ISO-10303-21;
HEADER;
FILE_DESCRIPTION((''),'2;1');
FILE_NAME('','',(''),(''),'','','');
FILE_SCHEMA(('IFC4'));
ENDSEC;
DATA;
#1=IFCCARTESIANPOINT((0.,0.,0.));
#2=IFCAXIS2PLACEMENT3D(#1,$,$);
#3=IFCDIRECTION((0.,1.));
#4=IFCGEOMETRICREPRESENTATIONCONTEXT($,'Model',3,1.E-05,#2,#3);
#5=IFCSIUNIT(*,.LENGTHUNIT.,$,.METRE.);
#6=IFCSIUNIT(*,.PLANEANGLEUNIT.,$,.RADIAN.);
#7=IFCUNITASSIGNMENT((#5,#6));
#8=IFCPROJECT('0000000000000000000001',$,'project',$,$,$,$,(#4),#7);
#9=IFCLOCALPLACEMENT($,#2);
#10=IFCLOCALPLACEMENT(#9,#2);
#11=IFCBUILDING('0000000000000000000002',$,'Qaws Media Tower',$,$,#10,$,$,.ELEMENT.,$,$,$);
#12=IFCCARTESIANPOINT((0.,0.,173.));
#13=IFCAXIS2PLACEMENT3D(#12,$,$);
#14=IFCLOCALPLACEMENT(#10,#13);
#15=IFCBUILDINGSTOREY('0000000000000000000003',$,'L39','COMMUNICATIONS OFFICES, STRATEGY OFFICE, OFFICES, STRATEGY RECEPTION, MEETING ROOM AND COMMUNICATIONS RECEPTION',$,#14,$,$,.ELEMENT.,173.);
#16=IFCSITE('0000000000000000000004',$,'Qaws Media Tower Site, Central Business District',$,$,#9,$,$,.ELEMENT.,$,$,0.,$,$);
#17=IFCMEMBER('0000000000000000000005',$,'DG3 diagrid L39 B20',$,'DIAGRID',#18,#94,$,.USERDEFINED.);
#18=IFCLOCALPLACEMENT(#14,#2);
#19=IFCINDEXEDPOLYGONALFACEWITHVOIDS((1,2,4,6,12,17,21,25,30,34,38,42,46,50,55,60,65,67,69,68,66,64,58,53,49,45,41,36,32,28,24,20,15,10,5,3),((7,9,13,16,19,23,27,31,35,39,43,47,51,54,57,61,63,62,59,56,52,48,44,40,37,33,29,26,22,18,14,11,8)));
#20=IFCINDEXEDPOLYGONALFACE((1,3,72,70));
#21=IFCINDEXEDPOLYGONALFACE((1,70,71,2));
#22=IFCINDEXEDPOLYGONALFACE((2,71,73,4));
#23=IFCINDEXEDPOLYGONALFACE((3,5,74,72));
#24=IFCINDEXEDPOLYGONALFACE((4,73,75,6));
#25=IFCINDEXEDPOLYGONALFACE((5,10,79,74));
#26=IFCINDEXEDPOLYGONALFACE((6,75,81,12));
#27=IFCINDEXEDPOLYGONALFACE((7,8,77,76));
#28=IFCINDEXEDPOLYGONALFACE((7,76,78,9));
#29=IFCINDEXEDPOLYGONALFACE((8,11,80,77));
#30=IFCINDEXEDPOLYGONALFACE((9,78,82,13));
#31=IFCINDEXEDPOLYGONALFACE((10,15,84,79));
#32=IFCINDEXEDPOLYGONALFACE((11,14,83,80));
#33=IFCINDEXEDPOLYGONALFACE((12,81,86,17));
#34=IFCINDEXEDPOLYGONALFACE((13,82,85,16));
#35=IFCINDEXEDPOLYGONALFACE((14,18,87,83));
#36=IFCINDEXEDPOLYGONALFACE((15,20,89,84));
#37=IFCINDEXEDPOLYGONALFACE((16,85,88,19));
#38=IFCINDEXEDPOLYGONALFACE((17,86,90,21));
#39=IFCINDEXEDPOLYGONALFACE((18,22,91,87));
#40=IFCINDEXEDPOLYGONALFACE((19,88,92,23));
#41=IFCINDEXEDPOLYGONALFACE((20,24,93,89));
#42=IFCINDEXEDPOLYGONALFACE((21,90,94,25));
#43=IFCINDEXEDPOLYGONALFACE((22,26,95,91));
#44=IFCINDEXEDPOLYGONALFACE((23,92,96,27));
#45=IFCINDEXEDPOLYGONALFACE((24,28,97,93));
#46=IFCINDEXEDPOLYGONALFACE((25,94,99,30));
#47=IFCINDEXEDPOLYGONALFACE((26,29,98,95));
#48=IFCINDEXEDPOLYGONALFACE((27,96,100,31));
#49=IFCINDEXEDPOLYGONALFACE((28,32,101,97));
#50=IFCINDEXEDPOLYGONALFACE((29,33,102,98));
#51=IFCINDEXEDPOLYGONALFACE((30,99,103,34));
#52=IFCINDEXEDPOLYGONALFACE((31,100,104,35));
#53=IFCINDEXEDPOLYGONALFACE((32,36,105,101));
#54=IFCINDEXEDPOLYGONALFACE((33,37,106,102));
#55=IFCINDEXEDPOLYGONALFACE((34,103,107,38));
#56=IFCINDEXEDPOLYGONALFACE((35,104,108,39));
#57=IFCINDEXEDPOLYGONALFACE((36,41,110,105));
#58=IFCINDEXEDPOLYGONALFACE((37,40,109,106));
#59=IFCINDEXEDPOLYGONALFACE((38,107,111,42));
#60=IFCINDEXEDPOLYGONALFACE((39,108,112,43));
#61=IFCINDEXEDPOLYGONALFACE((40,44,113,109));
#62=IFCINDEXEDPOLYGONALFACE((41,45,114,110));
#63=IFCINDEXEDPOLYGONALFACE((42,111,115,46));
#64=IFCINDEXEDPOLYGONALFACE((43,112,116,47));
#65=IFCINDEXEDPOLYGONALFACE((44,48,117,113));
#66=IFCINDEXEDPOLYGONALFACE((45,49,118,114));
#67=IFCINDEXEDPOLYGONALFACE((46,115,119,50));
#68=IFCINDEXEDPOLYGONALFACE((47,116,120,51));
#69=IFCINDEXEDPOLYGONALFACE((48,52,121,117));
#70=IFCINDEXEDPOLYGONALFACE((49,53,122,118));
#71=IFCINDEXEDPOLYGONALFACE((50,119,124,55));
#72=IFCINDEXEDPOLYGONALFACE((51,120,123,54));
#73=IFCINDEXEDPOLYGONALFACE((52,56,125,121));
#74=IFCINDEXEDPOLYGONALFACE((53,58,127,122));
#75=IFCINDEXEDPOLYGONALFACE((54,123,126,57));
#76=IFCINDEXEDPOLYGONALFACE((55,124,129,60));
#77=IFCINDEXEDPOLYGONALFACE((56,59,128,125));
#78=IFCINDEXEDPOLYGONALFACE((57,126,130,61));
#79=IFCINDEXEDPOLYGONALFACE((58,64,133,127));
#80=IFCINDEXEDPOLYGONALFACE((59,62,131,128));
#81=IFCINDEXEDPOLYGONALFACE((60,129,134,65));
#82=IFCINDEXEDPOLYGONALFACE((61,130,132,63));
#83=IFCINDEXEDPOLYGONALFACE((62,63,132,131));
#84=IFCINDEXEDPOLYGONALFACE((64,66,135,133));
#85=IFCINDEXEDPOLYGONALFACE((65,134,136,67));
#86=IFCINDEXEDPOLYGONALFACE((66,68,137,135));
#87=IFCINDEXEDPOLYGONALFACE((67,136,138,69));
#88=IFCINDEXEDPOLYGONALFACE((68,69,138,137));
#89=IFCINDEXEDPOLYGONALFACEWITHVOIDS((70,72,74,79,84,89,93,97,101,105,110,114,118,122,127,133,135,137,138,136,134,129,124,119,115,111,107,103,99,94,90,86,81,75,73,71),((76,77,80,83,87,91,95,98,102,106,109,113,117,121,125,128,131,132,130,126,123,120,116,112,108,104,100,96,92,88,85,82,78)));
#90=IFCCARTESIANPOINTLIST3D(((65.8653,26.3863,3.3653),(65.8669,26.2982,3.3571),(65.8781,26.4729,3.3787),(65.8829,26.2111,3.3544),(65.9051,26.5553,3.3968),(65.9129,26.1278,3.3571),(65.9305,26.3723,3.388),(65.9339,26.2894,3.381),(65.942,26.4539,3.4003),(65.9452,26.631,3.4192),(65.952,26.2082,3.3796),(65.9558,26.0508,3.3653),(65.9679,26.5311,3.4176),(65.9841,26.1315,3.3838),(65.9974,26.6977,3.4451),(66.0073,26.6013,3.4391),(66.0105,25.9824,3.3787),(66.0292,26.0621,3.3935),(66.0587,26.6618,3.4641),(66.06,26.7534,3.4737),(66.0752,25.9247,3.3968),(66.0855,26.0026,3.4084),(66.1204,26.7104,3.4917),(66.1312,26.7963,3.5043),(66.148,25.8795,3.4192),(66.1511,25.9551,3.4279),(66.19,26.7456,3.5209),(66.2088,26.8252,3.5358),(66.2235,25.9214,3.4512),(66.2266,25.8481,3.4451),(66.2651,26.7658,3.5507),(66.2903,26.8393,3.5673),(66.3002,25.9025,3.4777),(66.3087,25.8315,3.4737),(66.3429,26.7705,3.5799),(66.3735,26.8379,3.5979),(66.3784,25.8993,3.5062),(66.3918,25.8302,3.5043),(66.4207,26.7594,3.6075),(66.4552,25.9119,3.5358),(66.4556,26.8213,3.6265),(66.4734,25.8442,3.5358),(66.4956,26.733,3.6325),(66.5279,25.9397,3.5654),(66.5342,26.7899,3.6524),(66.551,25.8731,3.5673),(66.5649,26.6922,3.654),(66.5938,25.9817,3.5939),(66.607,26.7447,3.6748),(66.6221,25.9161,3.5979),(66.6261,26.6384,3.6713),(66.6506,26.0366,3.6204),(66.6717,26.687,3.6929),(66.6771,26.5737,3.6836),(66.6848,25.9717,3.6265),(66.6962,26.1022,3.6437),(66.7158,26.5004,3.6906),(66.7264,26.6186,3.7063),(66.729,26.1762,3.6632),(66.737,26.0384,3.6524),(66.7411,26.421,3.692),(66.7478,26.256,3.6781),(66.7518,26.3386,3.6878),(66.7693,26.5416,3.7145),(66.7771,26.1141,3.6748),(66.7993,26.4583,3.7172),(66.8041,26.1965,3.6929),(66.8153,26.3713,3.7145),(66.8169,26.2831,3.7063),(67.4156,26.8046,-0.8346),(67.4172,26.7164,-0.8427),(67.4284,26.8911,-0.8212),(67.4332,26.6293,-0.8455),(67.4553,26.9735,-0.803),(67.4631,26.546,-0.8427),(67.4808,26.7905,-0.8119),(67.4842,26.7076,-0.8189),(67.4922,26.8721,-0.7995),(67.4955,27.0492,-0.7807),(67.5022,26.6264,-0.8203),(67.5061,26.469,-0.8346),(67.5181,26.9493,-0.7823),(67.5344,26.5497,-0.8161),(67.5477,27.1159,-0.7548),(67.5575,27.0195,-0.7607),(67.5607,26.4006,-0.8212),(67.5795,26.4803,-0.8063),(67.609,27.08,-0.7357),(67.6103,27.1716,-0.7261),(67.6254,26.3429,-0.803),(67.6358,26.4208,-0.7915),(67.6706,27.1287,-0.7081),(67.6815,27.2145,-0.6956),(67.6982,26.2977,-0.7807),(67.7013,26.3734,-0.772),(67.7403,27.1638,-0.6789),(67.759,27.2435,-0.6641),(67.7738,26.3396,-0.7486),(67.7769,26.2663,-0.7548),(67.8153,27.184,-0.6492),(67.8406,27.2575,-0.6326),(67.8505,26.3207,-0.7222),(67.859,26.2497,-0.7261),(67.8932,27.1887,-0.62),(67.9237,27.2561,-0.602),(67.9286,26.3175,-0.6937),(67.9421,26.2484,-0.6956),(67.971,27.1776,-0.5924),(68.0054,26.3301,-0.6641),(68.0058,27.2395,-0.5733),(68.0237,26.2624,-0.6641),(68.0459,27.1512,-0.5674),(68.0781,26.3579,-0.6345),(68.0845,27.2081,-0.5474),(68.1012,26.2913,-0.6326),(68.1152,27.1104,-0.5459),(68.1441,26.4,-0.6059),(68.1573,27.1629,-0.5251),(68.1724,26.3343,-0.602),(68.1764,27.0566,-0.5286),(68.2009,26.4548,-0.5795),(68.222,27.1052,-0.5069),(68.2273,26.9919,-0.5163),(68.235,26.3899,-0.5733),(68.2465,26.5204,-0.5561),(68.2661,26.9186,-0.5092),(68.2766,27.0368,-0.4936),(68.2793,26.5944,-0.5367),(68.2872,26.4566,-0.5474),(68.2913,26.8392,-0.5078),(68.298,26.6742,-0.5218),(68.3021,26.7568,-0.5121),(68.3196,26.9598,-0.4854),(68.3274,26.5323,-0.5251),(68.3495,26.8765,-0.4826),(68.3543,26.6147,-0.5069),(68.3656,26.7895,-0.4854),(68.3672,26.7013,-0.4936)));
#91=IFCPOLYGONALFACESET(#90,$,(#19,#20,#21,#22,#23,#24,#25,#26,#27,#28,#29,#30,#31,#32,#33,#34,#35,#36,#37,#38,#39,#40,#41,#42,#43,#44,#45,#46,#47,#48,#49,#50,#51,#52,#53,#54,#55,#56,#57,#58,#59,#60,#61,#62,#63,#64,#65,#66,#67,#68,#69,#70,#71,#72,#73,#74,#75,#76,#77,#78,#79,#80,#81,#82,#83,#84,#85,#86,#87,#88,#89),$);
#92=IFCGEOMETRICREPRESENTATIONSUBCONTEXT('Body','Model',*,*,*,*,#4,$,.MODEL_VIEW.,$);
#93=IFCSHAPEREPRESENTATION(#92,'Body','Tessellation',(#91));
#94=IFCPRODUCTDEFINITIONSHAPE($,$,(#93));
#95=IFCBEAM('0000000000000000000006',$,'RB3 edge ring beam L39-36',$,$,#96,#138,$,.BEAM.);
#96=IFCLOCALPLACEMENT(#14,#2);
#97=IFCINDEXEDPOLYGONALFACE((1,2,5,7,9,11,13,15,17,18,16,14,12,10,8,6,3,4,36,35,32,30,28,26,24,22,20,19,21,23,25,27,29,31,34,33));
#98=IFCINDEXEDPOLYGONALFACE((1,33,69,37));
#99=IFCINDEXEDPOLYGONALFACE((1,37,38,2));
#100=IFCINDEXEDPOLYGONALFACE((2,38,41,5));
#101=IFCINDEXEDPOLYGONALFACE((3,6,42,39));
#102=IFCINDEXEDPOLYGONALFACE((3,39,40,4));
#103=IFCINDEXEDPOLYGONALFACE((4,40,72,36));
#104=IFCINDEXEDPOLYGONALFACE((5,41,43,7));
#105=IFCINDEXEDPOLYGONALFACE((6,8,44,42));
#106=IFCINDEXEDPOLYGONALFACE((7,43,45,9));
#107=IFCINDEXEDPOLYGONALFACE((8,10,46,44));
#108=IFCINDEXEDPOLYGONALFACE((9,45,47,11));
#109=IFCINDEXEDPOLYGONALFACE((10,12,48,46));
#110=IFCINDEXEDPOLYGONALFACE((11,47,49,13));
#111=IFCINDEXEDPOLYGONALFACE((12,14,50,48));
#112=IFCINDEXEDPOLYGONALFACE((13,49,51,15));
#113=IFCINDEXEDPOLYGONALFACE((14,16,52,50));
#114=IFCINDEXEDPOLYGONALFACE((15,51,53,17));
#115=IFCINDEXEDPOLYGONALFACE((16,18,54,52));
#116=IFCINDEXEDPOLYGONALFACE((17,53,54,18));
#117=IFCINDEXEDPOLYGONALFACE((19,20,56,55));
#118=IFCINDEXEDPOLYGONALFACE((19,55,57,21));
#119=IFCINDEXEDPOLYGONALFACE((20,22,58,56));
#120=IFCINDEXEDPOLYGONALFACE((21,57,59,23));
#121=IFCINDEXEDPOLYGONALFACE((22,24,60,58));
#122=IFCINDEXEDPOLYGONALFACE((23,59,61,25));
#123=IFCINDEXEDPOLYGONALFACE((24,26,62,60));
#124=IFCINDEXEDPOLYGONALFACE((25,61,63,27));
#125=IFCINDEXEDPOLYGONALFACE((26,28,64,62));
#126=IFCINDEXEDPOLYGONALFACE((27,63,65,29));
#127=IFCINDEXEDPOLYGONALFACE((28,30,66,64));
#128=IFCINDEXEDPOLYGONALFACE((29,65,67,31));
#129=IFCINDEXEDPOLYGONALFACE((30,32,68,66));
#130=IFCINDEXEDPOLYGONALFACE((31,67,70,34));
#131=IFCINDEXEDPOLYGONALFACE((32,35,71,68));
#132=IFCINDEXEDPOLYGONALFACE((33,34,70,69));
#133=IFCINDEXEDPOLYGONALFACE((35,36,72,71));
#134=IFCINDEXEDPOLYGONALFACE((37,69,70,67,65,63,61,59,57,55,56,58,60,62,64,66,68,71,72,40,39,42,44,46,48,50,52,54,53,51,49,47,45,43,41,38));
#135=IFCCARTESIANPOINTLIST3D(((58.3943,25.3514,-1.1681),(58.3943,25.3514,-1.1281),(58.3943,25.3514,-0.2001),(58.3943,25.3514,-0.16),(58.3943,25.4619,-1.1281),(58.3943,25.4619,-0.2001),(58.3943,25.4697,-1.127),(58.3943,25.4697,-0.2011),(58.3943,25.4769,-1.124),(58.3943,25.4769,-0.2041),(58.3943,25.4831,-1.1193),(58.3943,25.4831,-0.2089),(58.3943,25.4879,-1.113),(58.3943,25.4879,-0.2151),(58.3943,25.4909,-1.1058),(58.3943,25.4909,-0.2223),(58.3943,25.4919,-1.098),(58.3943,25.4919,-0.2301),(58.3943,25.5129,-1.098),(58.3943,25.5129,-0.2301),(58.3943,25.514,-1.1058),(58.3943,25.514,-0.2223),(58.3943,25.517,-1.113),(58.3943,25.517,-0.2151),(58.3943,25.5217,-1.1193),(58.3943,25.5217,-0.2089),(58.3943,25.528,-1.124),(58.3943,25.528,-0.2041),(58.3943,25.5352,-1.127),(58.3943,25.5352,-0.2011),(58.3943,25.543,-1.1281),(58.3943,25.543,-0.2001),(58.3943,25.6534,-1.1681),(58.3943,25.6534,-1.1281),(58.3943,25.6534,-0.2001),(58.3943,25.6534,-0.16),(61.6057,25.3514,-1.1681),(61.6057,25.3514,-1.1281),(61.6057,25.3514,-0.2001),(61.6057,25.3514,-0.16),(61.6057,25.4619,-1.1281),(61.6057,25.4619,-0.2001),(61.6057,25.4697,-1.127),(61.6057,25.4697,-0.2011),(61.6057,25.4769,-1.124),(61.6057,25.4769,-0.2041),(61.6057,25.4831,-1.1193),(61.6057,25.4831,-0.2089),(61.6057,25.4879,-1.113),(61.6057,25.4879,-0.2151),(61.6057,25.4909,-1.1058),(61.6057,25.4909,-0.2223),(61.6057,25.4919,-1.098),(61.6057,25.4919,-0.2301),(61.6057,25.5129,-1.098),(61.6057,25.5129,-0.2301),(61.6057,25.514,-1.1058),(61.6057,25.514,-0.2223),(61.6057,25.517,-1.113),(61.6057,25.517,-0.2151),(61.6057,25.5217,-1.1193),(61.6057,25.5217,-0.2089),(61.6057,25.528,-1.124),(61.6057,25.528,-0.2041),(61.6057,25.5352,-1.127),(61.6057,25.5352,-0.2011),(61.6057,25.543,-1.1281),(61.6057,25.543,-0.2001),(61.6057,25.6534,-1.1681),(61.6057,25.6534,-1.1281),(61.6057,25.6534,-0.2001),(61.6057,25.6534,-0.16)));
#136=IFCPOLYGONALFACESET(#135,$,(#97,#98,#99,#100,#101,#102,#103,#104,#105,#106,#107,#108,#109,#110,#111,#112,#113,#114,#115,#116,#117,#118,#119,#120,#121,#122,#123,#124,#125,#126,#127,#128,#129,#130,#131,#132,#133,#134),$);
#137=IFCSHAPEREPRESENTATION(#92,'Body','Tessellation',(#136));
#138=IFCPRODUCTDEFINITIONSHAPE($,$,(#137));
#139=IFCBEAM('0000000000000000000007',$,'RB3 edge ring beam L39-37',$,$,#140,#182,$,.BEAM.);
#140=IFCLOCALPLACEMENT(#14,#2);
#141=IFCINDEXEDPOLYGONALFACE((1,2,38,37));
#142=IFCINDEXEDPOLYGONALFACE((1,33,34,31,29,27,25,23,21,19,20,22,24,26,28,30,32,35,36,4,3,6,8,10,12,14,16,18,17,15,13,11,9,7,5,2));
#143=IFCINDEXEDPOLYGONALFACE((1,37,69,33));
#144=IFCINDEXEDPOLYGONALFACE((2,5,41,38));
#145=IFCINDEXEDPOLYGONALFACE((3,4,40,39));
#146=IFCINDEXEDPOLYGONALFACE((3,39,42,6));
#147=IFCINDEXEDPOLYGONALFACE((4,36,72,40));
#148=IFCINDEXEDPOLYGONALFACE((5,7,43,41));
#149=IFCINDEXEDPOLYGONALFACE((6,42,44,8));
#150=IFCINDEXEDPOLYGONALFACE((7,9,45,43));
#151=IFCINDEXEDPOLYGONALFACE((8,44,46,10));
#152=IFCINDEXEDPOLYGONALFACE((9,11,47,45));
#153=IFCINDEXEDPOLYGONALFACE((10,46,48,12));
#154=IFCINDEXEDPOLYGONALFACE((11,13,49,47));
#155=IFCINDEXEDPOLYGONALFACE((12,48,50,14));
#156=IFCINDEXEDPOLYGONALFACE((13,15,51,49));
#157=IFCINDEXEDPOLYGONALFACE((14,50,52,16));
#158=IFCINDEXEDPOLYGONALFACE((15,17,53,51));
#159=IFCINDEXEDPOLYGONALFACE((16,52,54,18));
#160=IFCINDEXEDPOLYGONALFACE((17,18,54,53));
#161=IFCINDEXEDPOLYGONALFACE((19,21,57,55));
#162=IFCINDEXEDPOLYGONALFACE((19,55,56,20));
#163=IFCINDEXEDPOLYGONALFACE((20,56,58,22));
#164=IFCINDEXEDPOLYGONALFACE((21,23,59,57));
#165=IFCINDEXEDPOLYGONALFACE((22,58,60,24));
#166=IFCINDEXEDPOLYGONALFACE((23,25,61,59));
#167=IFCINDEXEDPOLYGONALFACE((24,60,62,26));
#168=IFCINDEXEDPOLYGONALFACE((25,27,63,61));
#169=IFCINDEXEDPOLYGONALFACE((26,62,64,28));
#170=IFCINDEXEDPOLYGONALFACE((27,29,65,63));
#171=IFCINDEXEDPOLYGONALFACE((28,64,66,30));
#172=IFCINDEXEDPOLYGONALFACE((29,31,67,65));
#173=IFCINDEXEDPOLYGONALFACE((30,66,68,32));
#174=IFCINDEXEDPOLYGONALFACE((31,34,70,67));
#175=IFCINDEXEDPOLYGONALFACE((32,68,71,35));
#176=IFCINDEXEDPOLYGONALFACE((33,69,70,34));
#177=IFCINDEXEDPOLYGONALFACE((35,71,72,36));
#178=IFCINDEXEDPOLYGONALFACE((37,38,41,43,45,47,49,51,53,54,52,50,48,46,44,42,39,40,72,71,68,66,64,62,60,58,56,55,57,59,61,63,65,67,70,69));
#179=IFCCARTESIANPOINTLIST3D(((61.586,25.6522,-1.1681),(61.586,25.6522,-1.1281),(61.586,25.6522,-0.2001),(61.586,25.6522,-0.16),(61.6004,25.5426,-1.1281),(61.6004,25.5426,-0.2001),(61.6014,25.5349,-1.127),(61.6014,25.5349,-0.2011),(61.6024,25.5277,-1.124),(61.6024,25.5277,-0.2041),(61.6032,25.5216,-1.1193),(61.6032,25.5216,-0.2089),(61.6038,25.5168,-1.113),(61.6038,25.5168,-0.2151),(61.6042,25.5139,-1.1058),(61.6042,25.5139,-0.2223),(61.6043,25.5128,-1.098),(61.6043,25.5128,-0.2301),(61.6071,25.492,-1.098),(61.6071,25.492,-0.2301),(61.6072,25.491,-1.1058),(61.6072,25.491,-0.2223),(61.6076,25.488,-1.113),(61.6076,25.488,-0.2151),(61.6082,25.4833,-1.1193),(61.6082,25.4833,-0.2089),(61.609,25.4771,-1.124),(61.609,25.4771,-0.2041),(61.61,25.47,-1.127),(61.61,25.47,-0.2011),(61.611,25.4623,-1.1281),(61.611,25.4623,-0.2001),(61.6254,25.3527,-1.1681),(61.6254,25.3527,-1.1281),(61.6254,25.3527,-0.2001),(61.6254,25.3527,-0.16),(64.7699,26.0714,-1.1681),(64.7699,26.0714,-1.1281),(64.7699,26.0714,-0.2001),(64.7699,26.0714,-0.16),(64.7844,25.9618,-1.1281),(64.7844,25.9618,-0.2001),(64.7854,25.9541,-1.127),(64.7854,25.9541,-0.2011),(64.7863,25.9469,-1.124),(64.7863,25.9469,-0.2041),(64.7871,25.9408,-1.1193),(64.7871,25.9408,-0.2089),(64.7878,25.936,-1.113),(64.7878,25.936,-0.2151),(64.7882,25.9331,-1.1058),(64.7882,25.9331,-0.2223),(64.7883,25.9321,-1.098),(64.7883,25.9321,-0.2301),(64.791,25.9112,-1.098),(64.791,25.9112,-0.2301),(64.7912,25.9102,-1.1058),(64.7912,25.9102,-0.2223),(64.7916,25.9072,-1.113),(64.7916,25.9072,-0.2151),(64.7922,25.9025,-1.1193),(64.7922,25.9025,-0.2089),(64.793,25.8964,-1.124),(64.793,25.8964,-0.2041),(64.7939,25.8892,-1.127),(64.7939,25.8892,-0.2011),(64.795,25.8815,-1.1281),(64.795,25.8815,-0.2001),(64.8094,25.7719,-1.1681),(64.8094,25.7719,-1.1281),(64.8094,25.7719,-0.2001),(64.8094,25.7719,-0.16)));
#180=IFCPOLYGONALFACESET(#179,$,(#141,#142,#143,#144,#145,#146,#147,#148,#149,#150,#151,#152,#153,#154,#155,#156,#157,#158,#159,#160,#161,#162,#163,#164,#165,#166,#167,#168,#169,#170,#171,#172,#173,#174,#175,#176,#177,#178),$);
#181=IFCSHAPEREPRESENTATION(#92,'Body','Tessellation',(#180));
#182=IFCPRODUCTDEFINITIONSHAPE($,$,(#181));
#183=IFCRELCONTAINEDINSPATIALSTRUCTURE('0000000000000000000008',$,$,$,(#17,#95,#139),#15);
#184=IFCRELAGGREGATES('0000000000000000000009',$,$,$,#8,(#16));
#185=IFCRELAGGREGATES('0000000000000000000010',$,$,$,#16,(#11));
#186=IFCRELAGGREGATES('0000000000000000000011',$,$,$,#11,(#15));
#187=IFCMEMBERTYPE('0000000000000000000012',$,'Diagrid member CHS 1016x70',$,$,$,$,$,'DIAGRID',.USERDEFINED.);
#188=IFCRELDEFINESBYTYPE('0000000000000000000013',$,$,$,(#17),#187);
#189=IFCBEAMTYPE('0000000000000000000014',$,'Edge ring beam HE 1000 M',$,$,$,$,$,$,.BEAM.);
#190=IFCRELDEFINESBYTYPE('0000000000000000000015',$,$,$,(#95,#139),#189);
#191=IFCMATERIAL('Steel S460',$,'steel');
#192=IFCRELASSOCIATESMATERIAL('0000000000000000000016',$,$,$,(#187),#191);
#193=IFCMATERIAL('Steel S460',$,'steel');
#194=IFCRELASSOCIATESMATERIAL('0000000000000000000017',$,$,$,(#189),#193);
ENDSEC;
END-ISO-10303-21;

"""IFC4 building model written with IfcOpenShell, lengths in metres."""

from ifc_helpers import new_model, si_unit, direction, frame, origin, origin_2d, place, context, subcontext, project, spatial, hollow_circle, i_section, extrude, material, material_profile, profile_set, type_object, element, save


model = new_model("IFC4")

# Units and contexts
model_context = context("Model", 3, precision=1e-05, world=origin(), true_north=direction((0.0, 1.0)))
body_context = subcontext(model_context, "Body", "Model", "MODEL_VIEW")
ifc_project = project(units=[si_unit("LENGTHUNIT", "METRE"), si_unit("PLANEANGLEUNIT", "RADIAN")], contexts=[model_context])

# Site, building, storey
site_placement = place(None, origin())
site = spatial("IfcSite", under=ifc_project, at=site_placement, Name="Qaws Media Tower Site, Central Business District", CompositionType="ELEMENT", RefElevation=0.0)
building_placement = place(site_placement, origin())
building = spatial("IfcBuilding", under=site, at=building_placement, Name="Qaws Media Tower", CompositionType="ELEMENT")
storey_placement = place(building_placement, frame((0.0, 0.0, 173.0)))
storey = spatial("IfcBuildingStorey", under=building, at=storey_placement, Name="L39", Description="COMMUNICATIONS OFFICES, STRATEGY OFFICE, OFFICES, STRATEGY RECEPTION, MEETING ROOM AND COMMUNICATIONS RECEPTION", CompositionType="ELEMENT", Elevation=173.0)

# Member
ifc_material_1 = material(Name="Steel S460", Category="steel")
ifc_material_profile_1 = material_profile(ifc_material_1, hollow_circle(Radius=0.5081, WallThickness=0.0701, at=origin_2d()), Name="CHS 1016x70")
ifc_profile_set_1 = profile_set([ifc_material_profile_1], Name="Steel S460")
member_type_1 = type_object("IfcMemberType", Name="Diagrid member CHS 1016x70", ElementType="DIAGRID", PredefinedType="USERDEFINED", material=ifc_profile_set_1)
for number, where, z_axis, x_axis, name in (
    (1, (67.8914, 26.7529, -0.6641), (-0.344783, -0.09301, 0.934063), (0.260453, -0.965486, 0.0), "DG3 diagrid L39 B20"),
):
    element("IfcMember", number, at=place(storey_placement, frame(where, z_axis=z_axis, x_axis=x_axis)), inside=storey, type_object=member_type_1, Name=name, ObjectType="DIAGRID", PredefinedType="USERDEFINED", context=body_context, shape_type="SweptSolid", body=[
        extrude(hollow_circle(Radius=0.5081, WallThickness=0.0701, at=origin_2d()), origin(), (0.0, 0.0, 1.0), 4.4963),
    ])

# Beams
ifc_material_2 = material(Name="Steel S460", Category="steel")
ifc_material_profile_2 = material_profile(ifc_material_2, i_section(OverallWidth=0.302, OverallDepth=1.0081, WebThickness=0.021, FlangeThickness=0.04, FilletRadius=0.03, at=origin_2d()), Name="HE 1000 M")
ifc_profile_set_2 = profile_set([ifc_material_profile_2], Name="Steel S460")
beam_type = type_object("IfcBeamType", Name="Edge ring beam HE 1000 M", PredefinedType="BEAM", material=ifc_profile_set_2)
for number, where, z_axis, x_axis, name in (
    (2, (58.3943, 25.5024, -0.6641), (1.0, 0.0, 0.0), (0.0, 1.0, 0.0), "RB3 edge ring beam L39-36"),
    (3, (61.6057, 25.5024, -0.6641), (0.991444, 0.130535, 0.0), (-0.130535, 0.991444, 0.0), "RB3 edge ring beam L39-37"),
):
    element("IfcBeam", number, at=place(storey_placement, frame(where, z_axis=z_axis, x_axis=x_axis)), inside=storey, type_object=beam_type, Name=name, PredefinedType="BEAM", context=body_context, shape_type="SweptSolid", body=[
        extrude(i_section(OverallWidth=0.302, OverallDepth=1.0081, WebThickness=0.021, FlangeThickness=0.04, FilletRadius=0.03, at=origin_2d()), origin(), (0.0, 0.0, 1.0), 3.2114),
    ])

save(model, "model.ifc")
